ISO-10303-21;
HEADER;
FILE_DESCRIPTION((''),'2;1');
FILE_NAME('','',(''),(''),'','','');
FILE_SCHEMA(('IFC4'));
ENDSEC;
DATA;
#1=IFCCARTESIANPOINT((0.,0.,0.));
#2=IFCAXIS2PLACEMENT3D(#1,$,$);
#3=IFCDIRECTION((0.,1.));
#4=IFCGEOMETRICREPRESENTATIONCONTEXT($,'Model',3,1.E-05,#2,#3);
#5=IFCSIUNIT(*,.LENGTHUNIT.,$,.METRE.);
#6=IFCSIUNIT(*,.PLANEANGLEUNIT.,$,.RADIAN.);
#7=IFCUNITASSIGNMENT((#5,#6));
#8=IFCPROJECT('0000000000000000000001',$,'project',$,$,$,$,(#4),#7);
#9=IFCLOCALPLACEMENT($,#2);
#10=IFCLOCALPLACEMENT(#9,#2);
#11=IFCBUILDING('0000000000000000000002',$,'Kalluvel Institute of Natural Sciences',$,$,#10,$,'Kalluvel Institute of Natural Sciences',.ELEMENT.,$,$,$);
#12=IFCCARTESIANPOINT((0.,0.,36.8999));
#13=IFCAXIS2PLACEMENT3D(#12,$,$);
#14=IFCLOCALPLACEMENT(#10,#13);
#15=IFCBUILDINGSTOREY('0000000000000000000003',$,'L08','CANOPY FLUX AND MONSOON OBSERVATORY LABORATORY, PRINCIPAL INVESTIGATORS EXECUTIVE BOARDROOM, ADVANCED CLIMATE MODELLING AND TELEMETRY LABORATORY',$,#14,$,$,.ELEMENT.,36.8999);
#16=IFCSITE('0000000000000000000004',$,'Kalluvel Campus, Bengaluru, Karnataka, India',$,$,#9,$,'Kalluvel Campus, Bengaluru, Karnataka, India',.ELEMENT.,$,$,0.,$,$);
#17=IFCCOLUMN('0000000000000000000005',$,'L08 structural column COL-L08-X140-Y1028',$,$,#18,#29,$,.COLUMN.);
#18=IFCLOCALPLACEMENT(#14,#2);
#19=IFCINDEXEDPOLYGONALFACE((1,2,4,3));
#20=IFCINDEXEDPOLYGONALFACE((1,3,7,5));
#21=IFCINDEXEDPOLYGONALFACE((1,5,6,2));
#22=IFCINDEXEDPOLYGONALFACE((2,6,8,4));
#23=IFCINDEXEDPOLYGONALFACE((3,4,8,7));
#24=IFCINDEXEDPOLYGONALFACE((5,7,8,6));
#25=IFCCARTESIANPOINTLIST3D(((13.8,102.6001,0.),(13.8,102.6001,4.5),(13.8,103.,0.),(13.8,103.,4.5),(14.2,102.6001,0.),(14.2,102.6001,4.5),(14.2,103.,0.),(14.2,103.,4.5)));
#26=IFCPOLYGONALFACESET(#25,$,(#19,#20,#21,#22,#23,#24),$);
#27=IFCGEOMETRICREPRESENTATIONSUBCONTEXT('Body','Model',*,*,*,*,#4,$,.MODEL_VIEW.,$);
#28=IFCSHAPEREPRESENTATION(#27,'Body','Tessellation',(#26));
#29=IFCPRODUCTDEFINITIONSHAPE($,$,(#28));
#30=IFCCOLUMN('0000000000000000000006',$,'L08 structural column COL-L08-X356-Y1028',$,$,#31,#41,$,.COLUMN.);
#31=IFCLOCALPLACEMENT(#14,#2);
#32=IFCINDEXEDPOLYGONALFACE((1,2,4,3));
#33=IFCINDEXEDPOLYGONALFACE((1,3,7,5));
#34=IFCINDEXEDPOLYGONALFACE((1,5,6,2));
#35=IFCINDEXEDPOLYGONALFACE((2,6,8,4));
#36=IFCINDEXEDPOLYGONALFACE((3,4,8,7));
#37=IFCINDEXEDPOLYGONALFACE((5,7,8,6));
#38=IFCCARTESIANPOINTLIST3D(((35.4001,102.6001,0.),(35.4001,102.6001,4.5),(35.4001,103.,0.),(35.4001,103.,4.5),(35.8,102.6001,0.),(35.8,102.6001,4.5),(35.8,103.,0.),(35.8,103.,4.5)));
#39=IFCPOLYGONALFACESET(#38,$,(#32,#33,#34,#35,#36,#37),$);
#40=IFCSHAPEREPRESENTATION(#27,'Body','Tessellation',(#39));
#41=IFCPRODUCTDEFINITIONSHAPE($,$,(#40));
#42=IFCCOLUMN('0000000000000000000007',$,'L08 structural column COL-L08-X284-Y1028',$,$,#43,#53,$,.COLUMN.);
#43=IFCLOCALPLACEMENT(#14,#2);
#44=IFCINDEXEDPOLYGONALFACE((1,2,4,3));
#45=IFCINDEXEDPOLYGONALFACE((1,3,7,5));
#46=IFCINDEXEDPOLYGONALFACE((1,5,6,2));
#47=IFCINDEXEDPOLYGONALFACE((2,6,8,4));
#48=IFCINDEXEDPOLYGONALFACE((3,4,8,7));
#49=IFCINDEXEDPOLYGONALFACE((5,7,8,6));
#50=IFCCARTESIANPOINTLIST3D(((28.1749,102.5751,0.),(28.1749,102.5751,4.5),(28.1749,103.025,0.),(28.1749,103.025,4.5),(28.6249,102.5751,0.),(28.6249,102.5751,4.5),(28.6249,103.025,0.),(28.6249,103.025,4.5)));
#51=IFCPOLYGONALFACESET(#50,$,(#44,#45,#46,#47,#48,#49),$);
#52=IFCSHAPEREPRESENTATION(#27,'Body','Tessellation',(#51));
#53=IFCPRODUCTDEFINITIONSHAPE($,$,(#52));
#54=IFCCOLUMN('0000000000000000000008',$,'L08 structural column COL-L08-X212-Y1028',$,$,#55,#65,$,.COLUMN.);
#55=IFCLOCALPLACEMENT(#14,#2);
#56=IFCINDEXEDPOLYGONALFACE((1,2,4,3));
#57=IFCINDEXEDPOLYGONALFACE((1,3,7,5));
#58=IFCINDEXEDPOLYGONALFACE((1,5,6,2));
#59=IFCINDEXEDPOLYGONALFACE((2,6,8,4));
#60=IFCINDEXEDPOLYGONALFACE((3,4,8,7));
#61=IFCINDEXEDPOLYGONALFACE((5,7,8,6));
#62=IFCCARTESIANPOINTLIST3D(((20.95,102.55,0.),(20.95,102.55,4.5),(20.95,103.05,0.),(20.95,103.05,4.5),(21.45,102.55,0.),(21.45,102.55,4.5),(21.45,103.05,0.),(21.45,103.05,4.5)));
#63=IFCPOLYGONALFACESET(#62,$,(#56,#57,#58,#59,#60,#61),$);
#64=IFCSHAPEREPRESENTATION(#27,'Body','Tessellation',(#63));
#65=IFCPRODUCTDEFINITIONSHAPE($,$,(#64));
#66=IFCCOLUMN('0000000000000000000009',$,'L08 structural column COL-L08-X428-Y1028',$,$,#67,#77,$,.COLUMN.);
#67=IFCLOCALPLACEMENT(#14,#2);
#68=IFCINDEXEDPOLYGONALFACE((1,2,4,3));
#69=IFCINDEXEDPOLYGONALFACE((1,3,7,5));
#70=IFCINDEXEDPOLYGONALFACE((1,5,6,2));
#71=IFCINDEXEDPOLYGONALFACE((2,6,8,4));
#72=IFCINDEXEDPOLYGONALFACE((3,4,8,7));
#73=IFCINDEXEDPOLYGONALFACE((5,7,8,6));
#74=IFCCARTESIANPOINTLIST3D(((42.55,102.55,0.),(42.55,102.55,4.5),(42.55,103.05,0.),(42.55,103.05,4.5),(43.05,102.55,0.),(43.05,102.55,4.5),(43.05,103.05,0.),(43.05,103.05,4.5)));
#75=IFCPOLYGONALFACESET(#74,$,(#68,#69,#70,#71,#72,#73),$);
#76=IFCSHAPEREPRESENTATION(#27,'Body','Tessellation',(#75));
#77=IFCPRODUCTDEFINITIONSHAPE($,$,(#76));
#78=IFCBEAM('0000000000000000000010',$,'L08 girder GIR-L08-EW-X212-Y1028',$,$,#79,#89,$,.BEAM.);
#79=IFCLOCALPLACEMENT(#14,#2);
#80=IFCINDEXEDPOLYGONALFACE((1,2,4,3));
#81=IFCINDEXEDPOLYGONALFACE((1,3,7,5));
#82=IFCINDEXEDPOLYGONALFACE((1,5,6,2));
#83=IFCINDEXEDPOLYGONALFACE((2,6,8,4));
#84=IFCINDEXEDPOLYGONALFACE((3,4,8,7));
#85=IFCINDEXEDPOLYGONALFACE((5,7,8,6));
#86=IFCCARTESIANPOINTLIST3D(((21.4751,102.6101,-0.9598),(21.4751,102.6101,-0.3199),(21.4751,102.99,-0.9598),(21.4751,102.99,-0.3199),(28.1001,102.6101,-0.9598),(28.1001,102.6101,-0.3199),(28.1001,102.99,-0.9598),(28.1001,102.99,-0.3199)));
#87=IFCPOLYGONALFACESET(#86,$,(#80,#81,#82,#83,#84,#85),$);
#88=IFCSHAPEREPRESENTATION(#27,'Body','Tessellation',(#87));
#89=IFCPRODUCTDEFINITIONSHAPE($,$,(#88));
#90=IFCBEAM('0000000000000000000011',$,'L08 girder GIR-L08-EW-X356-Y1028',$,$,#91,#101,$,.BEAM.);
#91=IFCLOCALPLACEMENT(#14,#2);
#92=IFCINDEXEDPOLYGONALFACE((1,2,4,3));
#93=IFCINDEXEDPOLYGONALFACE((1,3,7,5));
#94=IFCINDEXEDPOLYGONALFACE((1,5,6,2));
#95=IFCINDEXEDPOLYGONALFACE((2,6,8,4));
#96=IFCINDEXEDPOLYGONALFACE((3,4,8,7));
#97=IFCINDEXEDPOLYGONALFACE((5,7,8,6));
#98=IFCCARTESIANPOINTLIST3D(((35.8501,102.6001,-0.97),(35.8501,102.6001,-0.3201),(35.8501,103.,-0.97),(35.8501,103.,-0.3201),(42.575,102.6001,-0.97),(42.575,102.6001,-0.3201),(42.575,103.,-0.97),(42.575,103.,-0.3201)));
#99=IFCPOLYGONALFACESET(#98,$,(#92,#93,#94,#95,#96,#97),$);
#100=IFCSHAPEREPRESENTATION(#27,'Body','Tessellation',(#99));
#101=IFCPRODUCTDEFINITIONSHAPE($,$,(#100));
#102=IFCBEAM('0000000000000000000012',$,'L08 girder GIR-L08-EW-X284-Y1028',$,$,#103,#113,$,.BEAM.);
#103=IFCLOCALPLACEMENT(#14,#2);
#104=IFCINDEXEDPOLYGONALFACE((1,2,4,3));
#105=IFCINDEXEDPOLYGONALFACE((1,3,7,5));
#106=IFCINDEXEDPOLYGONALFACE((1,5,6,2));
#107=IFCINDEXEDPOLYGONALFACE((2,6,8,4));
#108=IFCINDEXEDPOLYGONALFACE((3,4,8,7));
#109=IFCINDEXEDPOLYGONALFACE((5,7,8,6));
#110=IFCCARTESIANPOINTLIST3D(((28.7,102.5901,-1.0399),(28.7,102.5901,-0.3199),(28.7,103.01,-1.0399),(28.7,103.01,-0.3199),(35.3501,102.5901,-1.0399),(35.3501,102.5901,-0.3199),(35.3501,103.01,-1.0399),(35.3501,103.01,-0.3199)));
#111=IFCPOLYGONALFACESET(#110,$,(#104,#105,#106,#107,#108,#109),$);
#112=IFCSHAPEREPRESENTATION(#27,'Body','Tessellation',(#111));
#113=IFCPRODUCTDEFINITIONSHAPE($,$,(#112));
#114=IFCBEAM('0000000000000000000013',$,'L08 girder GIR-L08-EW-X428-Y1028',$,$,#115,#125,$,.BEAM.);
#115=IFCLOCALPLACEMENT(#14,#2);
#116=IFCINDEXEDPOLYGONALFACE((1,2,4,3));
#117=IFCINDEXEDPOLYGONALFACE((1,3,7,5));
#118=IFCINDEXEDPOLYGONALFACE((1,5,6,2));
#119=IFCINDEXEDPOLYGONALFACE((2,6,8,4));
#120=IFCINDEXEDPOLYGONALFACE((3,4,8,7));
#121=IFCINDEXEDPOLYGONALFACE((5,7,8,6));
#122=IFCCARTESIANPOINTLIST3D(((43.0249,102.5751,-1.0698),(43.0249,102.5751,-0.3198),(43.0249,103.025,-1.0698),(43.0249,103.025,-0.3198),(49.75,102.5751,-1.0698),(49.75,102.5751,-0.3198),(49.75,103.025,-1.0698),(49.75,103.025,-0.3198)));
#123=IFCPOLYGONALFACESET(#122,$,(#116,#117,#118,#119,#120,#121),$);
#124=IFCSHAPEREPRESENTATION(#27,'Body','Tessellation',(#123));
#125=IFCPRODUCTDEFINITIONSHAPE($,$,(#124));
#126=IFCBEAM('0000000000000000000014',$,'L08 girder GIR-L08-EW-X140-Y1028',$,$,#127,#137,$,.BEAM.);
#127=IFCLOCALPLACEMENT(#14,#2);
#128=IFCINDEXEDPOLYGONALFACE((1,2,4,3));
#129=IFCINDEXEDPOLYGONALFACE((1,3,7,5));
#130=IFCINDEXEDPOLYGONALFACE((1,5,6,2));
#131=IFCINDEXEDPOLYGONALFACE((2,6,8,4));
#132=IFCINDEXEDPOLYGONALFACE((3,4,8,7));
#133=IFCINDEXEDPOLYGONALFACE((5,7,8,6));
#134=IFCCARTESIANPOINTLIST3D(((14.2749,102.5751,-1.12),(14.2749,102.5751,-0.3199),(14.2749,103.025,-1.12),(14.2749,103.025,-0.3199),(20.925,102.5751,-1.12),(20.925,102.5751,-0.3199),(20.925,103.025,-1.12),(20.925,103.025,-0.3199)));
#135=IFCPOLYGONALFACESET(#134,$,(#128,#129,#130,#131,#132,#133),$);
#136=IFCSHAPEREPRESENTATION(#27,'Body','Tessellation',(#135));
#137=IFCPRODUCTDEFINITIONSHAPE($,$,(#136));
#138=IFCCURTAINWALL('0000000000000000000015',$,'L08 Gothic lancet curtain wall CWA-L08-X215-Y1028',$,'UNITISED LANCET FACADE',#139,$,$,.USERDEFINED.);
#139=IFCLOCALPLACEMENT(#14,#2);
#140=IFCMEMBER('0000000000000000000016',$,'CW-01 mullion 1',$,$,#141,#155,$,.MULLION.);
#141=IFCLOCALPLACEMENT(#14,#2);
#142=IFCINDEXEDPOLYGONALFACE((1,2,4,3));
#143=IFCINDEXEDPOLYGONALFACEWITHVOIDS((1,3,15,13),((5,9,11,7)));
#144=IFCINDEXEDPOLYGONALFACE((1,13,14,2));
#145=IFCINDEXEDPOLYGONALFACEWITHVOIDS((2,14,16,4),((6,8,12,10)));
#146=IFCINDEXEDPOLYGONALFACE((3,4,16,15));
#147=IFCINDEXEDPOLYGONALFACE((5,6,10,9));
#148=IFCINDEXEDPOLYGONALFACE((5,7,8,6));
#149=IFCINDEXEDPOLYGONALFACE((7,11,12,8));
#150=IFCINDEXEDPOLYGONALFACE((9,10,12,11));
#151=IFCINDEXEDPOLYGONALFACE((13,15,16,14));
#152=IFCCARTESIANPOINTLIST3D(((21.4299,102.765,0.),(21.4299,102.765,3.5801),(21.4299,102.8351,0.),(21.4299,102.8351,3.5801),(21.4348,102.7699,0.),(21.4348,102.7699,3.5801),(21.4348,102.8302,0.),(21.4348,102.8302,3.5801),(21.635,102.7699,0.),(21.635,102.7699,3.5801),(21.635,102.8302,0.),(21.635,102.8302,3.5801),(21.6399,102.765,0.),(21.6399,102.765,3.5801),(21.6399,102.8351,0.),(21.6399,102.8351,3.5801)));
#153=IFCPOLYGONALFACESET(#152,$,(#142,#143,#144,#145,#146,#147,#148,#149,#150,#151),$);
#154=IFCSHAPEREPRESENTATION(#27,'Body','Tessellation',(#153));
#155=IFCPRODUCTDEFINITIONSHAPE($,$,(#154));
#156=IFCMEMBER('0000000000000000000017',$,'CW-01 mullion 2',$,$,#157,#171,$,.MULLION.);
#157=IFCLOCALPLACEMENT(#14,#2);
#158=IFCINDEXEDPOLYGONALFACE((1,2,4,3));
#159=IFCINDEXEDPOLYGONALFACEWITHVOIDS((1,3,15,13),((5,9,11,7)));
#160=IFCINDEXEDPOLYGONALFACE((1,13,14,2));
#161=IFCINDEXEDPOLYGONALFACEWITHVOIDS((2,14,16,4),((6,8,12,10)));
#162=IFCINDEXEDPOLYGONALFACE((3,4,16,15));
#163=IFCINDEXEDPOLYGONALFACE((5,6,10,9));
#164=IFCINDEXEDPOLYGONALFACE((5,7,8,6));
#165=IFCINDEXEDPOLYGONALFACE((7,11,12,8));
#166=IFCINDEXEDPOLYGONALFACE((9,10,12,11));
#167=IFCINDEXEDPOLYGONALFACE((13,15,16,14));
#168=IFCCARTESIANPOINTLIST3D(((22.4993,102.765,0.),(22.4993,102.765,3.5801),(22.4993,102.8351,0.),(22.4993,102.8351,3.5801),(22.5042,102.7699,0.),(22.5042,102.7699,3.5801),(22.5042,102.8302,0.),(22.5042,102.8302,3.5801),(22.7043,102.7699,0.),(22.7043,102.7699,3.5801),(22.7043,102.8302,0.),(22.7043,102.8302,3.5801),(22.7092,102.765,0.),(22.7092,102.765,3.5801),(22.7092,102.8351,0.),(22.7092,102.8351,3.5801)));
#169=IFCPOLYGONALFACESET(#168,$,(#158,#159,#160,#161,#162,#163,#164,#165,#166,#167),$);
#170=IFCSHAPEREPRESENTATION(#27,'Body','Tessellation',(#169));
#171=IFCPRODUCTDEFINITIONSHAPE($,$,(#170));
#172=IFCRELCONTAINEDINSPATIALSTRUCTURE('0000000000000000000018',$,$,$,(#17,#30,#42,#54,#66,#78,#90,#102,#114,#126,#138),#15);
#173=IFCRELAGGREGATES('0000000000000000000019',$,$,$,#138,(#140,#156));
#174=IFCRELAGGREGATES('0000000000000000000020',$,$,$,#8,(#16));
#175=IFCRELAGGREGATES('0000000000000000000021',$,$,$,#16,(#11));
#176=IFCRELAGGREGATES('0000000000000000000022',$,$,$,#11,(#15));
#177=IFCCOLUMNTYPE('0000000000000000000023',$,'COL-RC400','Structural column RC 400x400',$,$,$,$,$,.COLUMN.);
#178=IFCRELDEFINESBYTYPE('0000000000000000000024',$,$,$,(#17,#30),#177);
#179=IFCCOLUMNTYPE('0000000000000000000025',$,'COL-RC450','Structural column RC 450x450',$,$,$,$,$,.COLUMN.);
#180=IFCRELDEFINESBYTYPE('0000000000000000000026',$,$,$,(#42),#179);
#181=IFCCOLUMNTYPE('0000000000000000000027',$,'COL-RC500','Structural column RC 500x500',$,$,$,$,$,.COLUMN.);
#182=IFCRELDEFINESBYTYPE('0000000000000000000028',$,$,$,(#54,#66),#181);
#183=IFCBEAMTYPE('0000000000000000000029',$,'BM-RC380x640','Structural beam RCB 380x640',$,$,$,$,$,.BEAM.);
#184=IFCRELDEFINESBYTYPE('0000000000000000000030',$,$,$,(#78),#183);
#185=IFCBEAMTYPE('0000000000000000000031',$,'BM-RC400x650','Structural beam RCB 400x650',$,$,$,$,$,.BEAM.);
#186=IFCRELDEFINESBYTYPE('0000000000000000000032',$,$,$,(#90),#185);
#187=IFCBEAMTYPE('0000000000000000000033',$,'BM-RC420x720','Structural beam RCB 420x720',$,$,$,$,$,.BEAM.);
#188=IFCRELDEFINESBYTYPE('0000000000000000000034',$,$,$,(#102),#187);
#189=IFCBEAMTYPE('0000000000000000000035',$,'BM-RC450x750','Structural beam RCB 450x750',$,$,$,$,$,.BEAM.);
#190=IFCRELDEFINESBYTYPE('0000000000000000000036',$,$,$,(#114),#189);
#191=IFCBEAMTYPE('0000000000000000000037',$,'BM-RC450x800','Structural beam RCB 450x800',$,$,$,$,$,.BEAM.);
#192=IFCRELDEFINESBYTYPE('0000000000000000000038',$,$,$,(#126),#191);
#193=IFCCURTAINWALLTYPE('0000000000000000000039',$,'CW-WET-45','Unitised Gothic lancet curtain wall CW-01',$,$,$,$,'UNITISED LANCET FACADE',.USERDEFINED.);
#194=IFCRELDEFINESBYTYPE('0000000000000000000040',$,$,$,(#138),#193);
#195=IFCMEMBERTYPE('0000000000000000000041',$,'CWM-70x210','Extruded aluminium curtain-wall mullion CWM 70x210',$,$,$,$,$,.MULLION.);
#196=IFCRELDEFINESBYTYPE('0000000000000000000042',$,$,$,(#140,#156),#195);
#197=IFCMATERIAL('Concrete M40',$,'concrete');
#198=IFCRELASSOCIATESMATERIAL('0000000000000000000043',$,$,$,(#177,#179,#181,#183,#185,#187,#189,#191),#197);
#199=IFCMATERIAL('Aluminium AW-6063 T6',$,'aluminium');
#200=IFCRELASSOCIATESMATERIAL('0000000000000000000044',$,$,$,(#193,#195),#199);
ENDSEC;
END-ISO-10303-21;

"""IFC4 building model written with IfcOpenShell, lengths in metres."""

from ifc_helpers import new_model, si_unit, direction, frame, origin, origin_2d, place, context, subcontext, project, spatial, rectangle, hollow_rectangle, extrude, material, material_profile, profile_set, type_object, element, aggregate, save


model = new_model("IFC4")

# Units and contexts
model_context = context("Model", 3, precision=1e-05, world=origin(), true_north=direction((0.0, 1.0)))
body_context = subcontext(model_context, "Body", "Model", "MODEL_VIEW")
ifc_project = project(units=[si_unit("LENGTHUNIT", "METRE"), si_unit("PLANEANGLEUNIT", "RADIAN")], contexts=[model_context])

# Site, building, storey
site_placement = place(None, origin())
site = spatial("IfcSite", under=ifc_project, at=site_placement, Name="Kalluvel Campus, Bengaluru, Karnataka, India", LongName="Kalluvel Campus, Bengaluru, Karnataka, India", CompositionType="ELEMENT", RefElevation=0.0)
building_placement = place(site_placement, origin())
building = spatial("IfcBuilding", under=site, at=building_placement, Name="Kalluvel Institute of Natural Sciences", LongName="Kalluvel Institute of Natural Sciences", CompositionType="ELEMENT")
storey_placement = place(building_placement, frame((0.0, 0.0, 36.8999)))
storey = spatial("IfcBuildingStorey", under=building, at=storey_placement, Name="L08", Description="CANOPY FLUX AND MONSOON OBSERVATORY LABORATORY, PRINCIPAL INVESTIGATORS EXECUTIVE BOARDROOM, ADVANCED CLIMATE MODELLING AND TELEMETRY LABORATORY", CompositionType="ELEMENT", Elevation=36.8999)

# Columns
ifc_material_1 = material(Name="Concrete M40", Category="concrete")
ifc_material_profile_1 = material_profile(ifc_material_1, rectangle(XDim=0.3999, YDim=0.3999, at=origin_2d()), Name="RC 400x400")
ifc_profile_set_1 = profile_set([ifc_material_profile_1], Name="Concrete M40")
column_type_1 = type_object("IfcColumnType", Name="COL-RC400", Description="Structural column RC 400x400", PredefinedType="COLUMN", material=ifc_profile_set_1)
for number, where, z_axis, x_axis, name in (
    (1, (14.0, 102.8, 0.0), (0.0, 0.0, 1.0), (1.0, 0.0, 0.0), "L08 structural column COL-L08-X140-Y1028"),
    (2, (35.6001, 102.8, 0.0), (0.0, 0.0, 1.0), (1.0, 0.0, 0.0), "L08 structural column COL-L08-X356-Y1028"),
):
    element("IfcColumn", number, at=place(storey_placement, frame(where, z_axis=z_axis, x_axis=x_axis)), inside=storey, type_object=column_type_1, Name=name, PredefinedType="COLUMN", context=body_context, shape_type="SweptSolid", body=[
        extrude(rectangle(XDim=0.3999, YDim=0.3999, at=origin_2d()), origin(), (0.0, 0.0, 1.0), 4.5),
    ])
ifc_material_profile_2 = material_profile(ifc_material_1, rectangle(XDim=0.45, YDim=0.45, at=origin_2d()), Name="RC 450x450")
ifc_profile_set_2 = profile_set([ifc_material_profile_2], Name="Concrete M40")
column_type_2 = type_object("IfcColumnType", Name="COL-RC450", Description="Structural column RC 450x450", PredefinedType="COLUMN", material=ifc_profile_set_2)
column_placement = place(storey_placement, frame((28.3999, 102.8, 0.0), z_axis=(0.0, 0.0, 1.0), x_axis=(1.0, 0.0, 0.0)))
element("IfcColumn", 3, at=column_placement, inside=storey, type_object=column_type_2, Name="L08 structural column COL-L08-X284-Y1028", PredefinedType="COLUMN", context=body_context, shape_type="SweptSolid", body=[
    extrude(rectangle(XDim=0.45, YDim=0.45, at=origin_2d()), origin(), (0.0, 0.0, 1.0), 4.5),
])
ifc_material_profile_3 = material_profile(ifc_material_1, rectangle(XDim=0.5, YDim=0.5, at=origin_2d()), Name="RC 500x500")
ifc_profile_set_3 = profile_set([ifc_material_profile_3], Name="Concrete M40")
column_type_3 = type_object("IfcColumnType", Name="COL-RC500", Description="Structural column RC 500x500", PredefinedType="COLUMN", material=ifc_profile_set_3)
for number, where, z_axis, x_axis, name in (
    (4, (21.2, 102.8, 0.0), (0.0, 0.0, 1.0), (1.0, 0.0, 0.0), "L08 structural column COL-L08-X212-Y1028"),
    (5, (42.8, 102.8, 0.0), (0.0, 0.0, 1.0), (1.0, 0.0, 0.0), "L08 structural column COL-L08-X428-Y1028"),
):
    element("IfcColumn", number, at=place(storey_placement, frame(where, z_axis=z_axis, x_axis=x_axis)), inside=storey, type_object=column_type_3, Name=name, PredefinedType="COLUMN", context=body_context, shape_type="SweptSolid", body=[
        extrude(rectangle(XDim=0.5, YDim=0.5, at=origin_2d()), origin(), (0.0, 0.0, 1.0), 4.5),
    ])

# Beams
ifc_material_profile_4 = material_profile(ifc_material_1, rectangle(XDim=0.3799, YDim=0.6399, at=origin_2d()), Name="RCB 380x640")
ifc_profile_set_4 = profile_set([ifc_material_profile_4], Name="Concrete M40")
beam_type_1 = type_object("IfcBeamType", Name="BM-RC380x640", Description="Structural beam RCB 380x640", PredefinedType="BEAM", material=ifc_profile_set_4)
beam_1_placement = place(storey_placement, frame((21.4751, 102.8, -0.6399), z_axis=(1.0, 0.0, 0.0), x_axis=(0.0, 1.0, 0.0)))
element("IfcBeam", 6, at=beam_1_placement, inside=storey, type_object=beam_type_1, Name="L08 girder GIR-L08-EW-X212-Y1028", PredefinedType="BEAM", context=body_context, shape_type="SweptSolid", body=[
    extrude(rectangle(XDim=0.3799, YDim=0.6399, at=origin_2d()), origin(), (0.0, 0.0, 1.0), 6.625),
])
ifc_material_profile_5 = material_profile(ifc_material_1, rectangle(XDim=0.3999, YDim=0.6499, at=origin_2d()), Name="RCB 400x650")
ifc_profile_set_5 = profile_set([ifc_material_profile_5], Name="Concrete M40")
beam_type_2 = type_object("IfcBeamType", Name="BM-RC400x650", Description="Structural beam RCB 400x650", PredefinedType="BEAM", material=ifc_profile_set_5)
beam_2_placement = place(storey_placement, frame((35.8501, 102.8, -0.645), z_axis=(1.0, 0.0, 0.0), x_axis=(0.0, 1.0, 0.0)))
element("IfcBeam", 7, at=beam_2_placement, inside=storey, type_object=beam_type_2, Name="L08 girder GIR-L08-EW-X356-Y1028", PredefinedType="BEAM", context=body_context, shape_type="SweptSolid", body=[
    extrude(rectangle(XDim=0.3999, YDim=0.6499, at=origin_2d()), origin(), (0.0, 0.0, 1.0), 6.7249),
])
ifc_material_profile_6 = material_profile(ifc_material_1, rectangle(XDim=0.4199, YDim=0.72, at=origin_2d()), Name="RCB 420x720")
ifc_profile_set_6 = profile_set([ifc_material_profile_6], Name="Concrete M40")
beam_type_3 = type_object("IfcBeamType", Name="BM-RC420x720", Description="Structural beam RCB 420x720", PredefinedType="BEAM", material=ifc_profile_set_6)
beam_3_placement = place(storey_placement, frame((28.7, 102.8, -0.6799), z_axis=(1.0, 0.0, 0.0), x_axis=(0.0, 1.0, 0.0)))
element("IfcBeam", 8, at=beam_3_placement, inside=storey, type_object=beam_type_3, Name="L08 girder GIR-L08-EW-X284-Y1028", PredefinedType="BEAM", context=body_context, shape_type="SweptSolid", body=[
    extrude(rectangle(XDim=0.4199, YDim=0.72, at=origin_2d()), origin(), (0.0, 0.0, 1.0), 6.6501),
])
ifc_material_profile_7 = material_profile(ifc_material_1, rectangle(XDim=0.45, YDim=0.75, at=origin_2d()), Name="RCB 450x750")
ifc_profile_set_7 = profile_set([ifc_material_profile_7], Name="Concrete M40")
beam_type_4 = type_object("IfcBeamType", Name="BM-RC450x750", Description="Structural beam RCB 450x750", PredefinedType="BEAM", material=ifc_profile_set_7)
beam_4_placement = place(storey_placement, frame((43.0249, 102.8, -0.6948), z_axis=(1.0, 0.0, 0.0), x_axis=(0.0, 1.0, 0.0)))
element("IfcBeam", 9, at=beam_4_placement, inside=storey, type_object=beam_type_4, Name="L08 girder GIR-L08-EW-X428-Y1028", PredefinedType="BEAM", context=body_context, shape_type="SweptSolid", body=[
    extrude(rectangle(XDim=0.45, YDim=0.75, at=origin_2d()), origin(), (0.0, 0.0, 1.0), 6.7251),
])
ifc_material_profile_8 = material_profile(ifc_material_1, rectangle(XDim=0.45, YDim=0.8, at=origin_2d()), Name="RCB 450x800")
ifc_profile_set_8 = profile_set([ifc_material_profile_8], Name="Concrete M40")
beam_type_5 = type_object("IfcBeamType", Name="BM-RC450x800", Description="Structural beam RCB 450x800", PredefinedType="BEAM", material=ifc_profile_set_8)
beam_5_placement = place(storey_placement, frame((14.2749, 102.8, -0.72), z_axis=(1.0, 0.0, 0.0), x_axis=(0.0, 1.0, 0.0)))
element("IfcBeam", 10, at=beam_5_placement, inside=storey, type_object=beam_type_5, Name="L08 girder GIR-L08-EW-X140-Y1028", PredefinedType="BEAM", context=body_context, shape_type="SweptSolid", body=[
    extrude(rectangle(XDim=0.45, YDim=0.8, at=origin_2d()), origin(), (0.0, 0.0, 1.0), 6.6501),
])

# Curtain wall, members
ifc_material_2 = material(Name="Aluminium AW-6063 T6", Category="aluminium")
curtain_wall_type = type_object("IfcCurtainWallType", Name="CW-WET-45", Description="Unitised Gothic lancet curtain wall CW-01", ElementType="UNITISED LANCET FACADE", PredefinedType="USERDEFINED", material=ifc_material_2)
curtain_wall_placement = place(storey_placement, origin())
curtain_wall = element("IfcCurtainWall", 11, at=curtain_wall_placement, inside=storey, type_object=curtain_wall_type, Name="L08 Gothic lancet curtain wall CWA-L08-X215-Y1028", ObjectType="UNITISED LANCET FACADE", PredefinedType="USERDEFINED")
ifc_material_profile_9 = material_profile(ifc_material_2, hollow_rectangle(XDim=0.0701, YDim=0.21, WallThickness=0.0049, at=origin_2d()), Name="CWM 70x210")
ifc_profile_set_9 = profile_set([ifc_material_profile_9], Name="Aluminium AW-6063 T6")
member_type_1 = type_object("IfcMemberType", Name="CWM-70x210", Description="Extruded aluminium curtain-wall mullion CWM 70x210", PredefinedType="MULLION", material=ifc_profile_set_9)
member_1_placement = place(storey_placement, frame((21.5349, 102.8, 0.0), z_axis=(0.0, 0.0, 1.0), x_axis=(0.0, 1.0, 0.0)))
member_1 = element("IfcMember", 12, at=member_1_placement, type_object=member_type_1, Name="CW-01 mullion 1", PredefinedType="MULLION", context=body_context, shape_type="SweptSolid", body=[
    extrude(hollow_rectangle(XDim=0.0701, YDim=0.21, WallThickness=0.0049, at=origin_2d()), origin(), (0.0, 0.0, 1.0), 3.5801),
])
member_2_placement = place(storey_placement, frame((22.6042, 102.8, 0.0), z_axis=(0.0, 0.0, 1.0), x_axis=(0.0, 1.0, 0.0)))
member_2 = element("IfcMember", 13, at=member_2_placement, type_object=member_type_1, Name="CW-01 mullion 2", PredefinedType="MULLION", context=body_context, shape_type="SweptSolid", body=[
    extrude(hollow_rectangle(XDim=0.0701, YDim=0.21, WallThickness=0.0049, at=origin_2d()), origin(), (0.0, 0.0, 1.0), 3.5801),
])
aggregate(curtain_wall, [member_1, member_2])

save(model, "model.ifc")
